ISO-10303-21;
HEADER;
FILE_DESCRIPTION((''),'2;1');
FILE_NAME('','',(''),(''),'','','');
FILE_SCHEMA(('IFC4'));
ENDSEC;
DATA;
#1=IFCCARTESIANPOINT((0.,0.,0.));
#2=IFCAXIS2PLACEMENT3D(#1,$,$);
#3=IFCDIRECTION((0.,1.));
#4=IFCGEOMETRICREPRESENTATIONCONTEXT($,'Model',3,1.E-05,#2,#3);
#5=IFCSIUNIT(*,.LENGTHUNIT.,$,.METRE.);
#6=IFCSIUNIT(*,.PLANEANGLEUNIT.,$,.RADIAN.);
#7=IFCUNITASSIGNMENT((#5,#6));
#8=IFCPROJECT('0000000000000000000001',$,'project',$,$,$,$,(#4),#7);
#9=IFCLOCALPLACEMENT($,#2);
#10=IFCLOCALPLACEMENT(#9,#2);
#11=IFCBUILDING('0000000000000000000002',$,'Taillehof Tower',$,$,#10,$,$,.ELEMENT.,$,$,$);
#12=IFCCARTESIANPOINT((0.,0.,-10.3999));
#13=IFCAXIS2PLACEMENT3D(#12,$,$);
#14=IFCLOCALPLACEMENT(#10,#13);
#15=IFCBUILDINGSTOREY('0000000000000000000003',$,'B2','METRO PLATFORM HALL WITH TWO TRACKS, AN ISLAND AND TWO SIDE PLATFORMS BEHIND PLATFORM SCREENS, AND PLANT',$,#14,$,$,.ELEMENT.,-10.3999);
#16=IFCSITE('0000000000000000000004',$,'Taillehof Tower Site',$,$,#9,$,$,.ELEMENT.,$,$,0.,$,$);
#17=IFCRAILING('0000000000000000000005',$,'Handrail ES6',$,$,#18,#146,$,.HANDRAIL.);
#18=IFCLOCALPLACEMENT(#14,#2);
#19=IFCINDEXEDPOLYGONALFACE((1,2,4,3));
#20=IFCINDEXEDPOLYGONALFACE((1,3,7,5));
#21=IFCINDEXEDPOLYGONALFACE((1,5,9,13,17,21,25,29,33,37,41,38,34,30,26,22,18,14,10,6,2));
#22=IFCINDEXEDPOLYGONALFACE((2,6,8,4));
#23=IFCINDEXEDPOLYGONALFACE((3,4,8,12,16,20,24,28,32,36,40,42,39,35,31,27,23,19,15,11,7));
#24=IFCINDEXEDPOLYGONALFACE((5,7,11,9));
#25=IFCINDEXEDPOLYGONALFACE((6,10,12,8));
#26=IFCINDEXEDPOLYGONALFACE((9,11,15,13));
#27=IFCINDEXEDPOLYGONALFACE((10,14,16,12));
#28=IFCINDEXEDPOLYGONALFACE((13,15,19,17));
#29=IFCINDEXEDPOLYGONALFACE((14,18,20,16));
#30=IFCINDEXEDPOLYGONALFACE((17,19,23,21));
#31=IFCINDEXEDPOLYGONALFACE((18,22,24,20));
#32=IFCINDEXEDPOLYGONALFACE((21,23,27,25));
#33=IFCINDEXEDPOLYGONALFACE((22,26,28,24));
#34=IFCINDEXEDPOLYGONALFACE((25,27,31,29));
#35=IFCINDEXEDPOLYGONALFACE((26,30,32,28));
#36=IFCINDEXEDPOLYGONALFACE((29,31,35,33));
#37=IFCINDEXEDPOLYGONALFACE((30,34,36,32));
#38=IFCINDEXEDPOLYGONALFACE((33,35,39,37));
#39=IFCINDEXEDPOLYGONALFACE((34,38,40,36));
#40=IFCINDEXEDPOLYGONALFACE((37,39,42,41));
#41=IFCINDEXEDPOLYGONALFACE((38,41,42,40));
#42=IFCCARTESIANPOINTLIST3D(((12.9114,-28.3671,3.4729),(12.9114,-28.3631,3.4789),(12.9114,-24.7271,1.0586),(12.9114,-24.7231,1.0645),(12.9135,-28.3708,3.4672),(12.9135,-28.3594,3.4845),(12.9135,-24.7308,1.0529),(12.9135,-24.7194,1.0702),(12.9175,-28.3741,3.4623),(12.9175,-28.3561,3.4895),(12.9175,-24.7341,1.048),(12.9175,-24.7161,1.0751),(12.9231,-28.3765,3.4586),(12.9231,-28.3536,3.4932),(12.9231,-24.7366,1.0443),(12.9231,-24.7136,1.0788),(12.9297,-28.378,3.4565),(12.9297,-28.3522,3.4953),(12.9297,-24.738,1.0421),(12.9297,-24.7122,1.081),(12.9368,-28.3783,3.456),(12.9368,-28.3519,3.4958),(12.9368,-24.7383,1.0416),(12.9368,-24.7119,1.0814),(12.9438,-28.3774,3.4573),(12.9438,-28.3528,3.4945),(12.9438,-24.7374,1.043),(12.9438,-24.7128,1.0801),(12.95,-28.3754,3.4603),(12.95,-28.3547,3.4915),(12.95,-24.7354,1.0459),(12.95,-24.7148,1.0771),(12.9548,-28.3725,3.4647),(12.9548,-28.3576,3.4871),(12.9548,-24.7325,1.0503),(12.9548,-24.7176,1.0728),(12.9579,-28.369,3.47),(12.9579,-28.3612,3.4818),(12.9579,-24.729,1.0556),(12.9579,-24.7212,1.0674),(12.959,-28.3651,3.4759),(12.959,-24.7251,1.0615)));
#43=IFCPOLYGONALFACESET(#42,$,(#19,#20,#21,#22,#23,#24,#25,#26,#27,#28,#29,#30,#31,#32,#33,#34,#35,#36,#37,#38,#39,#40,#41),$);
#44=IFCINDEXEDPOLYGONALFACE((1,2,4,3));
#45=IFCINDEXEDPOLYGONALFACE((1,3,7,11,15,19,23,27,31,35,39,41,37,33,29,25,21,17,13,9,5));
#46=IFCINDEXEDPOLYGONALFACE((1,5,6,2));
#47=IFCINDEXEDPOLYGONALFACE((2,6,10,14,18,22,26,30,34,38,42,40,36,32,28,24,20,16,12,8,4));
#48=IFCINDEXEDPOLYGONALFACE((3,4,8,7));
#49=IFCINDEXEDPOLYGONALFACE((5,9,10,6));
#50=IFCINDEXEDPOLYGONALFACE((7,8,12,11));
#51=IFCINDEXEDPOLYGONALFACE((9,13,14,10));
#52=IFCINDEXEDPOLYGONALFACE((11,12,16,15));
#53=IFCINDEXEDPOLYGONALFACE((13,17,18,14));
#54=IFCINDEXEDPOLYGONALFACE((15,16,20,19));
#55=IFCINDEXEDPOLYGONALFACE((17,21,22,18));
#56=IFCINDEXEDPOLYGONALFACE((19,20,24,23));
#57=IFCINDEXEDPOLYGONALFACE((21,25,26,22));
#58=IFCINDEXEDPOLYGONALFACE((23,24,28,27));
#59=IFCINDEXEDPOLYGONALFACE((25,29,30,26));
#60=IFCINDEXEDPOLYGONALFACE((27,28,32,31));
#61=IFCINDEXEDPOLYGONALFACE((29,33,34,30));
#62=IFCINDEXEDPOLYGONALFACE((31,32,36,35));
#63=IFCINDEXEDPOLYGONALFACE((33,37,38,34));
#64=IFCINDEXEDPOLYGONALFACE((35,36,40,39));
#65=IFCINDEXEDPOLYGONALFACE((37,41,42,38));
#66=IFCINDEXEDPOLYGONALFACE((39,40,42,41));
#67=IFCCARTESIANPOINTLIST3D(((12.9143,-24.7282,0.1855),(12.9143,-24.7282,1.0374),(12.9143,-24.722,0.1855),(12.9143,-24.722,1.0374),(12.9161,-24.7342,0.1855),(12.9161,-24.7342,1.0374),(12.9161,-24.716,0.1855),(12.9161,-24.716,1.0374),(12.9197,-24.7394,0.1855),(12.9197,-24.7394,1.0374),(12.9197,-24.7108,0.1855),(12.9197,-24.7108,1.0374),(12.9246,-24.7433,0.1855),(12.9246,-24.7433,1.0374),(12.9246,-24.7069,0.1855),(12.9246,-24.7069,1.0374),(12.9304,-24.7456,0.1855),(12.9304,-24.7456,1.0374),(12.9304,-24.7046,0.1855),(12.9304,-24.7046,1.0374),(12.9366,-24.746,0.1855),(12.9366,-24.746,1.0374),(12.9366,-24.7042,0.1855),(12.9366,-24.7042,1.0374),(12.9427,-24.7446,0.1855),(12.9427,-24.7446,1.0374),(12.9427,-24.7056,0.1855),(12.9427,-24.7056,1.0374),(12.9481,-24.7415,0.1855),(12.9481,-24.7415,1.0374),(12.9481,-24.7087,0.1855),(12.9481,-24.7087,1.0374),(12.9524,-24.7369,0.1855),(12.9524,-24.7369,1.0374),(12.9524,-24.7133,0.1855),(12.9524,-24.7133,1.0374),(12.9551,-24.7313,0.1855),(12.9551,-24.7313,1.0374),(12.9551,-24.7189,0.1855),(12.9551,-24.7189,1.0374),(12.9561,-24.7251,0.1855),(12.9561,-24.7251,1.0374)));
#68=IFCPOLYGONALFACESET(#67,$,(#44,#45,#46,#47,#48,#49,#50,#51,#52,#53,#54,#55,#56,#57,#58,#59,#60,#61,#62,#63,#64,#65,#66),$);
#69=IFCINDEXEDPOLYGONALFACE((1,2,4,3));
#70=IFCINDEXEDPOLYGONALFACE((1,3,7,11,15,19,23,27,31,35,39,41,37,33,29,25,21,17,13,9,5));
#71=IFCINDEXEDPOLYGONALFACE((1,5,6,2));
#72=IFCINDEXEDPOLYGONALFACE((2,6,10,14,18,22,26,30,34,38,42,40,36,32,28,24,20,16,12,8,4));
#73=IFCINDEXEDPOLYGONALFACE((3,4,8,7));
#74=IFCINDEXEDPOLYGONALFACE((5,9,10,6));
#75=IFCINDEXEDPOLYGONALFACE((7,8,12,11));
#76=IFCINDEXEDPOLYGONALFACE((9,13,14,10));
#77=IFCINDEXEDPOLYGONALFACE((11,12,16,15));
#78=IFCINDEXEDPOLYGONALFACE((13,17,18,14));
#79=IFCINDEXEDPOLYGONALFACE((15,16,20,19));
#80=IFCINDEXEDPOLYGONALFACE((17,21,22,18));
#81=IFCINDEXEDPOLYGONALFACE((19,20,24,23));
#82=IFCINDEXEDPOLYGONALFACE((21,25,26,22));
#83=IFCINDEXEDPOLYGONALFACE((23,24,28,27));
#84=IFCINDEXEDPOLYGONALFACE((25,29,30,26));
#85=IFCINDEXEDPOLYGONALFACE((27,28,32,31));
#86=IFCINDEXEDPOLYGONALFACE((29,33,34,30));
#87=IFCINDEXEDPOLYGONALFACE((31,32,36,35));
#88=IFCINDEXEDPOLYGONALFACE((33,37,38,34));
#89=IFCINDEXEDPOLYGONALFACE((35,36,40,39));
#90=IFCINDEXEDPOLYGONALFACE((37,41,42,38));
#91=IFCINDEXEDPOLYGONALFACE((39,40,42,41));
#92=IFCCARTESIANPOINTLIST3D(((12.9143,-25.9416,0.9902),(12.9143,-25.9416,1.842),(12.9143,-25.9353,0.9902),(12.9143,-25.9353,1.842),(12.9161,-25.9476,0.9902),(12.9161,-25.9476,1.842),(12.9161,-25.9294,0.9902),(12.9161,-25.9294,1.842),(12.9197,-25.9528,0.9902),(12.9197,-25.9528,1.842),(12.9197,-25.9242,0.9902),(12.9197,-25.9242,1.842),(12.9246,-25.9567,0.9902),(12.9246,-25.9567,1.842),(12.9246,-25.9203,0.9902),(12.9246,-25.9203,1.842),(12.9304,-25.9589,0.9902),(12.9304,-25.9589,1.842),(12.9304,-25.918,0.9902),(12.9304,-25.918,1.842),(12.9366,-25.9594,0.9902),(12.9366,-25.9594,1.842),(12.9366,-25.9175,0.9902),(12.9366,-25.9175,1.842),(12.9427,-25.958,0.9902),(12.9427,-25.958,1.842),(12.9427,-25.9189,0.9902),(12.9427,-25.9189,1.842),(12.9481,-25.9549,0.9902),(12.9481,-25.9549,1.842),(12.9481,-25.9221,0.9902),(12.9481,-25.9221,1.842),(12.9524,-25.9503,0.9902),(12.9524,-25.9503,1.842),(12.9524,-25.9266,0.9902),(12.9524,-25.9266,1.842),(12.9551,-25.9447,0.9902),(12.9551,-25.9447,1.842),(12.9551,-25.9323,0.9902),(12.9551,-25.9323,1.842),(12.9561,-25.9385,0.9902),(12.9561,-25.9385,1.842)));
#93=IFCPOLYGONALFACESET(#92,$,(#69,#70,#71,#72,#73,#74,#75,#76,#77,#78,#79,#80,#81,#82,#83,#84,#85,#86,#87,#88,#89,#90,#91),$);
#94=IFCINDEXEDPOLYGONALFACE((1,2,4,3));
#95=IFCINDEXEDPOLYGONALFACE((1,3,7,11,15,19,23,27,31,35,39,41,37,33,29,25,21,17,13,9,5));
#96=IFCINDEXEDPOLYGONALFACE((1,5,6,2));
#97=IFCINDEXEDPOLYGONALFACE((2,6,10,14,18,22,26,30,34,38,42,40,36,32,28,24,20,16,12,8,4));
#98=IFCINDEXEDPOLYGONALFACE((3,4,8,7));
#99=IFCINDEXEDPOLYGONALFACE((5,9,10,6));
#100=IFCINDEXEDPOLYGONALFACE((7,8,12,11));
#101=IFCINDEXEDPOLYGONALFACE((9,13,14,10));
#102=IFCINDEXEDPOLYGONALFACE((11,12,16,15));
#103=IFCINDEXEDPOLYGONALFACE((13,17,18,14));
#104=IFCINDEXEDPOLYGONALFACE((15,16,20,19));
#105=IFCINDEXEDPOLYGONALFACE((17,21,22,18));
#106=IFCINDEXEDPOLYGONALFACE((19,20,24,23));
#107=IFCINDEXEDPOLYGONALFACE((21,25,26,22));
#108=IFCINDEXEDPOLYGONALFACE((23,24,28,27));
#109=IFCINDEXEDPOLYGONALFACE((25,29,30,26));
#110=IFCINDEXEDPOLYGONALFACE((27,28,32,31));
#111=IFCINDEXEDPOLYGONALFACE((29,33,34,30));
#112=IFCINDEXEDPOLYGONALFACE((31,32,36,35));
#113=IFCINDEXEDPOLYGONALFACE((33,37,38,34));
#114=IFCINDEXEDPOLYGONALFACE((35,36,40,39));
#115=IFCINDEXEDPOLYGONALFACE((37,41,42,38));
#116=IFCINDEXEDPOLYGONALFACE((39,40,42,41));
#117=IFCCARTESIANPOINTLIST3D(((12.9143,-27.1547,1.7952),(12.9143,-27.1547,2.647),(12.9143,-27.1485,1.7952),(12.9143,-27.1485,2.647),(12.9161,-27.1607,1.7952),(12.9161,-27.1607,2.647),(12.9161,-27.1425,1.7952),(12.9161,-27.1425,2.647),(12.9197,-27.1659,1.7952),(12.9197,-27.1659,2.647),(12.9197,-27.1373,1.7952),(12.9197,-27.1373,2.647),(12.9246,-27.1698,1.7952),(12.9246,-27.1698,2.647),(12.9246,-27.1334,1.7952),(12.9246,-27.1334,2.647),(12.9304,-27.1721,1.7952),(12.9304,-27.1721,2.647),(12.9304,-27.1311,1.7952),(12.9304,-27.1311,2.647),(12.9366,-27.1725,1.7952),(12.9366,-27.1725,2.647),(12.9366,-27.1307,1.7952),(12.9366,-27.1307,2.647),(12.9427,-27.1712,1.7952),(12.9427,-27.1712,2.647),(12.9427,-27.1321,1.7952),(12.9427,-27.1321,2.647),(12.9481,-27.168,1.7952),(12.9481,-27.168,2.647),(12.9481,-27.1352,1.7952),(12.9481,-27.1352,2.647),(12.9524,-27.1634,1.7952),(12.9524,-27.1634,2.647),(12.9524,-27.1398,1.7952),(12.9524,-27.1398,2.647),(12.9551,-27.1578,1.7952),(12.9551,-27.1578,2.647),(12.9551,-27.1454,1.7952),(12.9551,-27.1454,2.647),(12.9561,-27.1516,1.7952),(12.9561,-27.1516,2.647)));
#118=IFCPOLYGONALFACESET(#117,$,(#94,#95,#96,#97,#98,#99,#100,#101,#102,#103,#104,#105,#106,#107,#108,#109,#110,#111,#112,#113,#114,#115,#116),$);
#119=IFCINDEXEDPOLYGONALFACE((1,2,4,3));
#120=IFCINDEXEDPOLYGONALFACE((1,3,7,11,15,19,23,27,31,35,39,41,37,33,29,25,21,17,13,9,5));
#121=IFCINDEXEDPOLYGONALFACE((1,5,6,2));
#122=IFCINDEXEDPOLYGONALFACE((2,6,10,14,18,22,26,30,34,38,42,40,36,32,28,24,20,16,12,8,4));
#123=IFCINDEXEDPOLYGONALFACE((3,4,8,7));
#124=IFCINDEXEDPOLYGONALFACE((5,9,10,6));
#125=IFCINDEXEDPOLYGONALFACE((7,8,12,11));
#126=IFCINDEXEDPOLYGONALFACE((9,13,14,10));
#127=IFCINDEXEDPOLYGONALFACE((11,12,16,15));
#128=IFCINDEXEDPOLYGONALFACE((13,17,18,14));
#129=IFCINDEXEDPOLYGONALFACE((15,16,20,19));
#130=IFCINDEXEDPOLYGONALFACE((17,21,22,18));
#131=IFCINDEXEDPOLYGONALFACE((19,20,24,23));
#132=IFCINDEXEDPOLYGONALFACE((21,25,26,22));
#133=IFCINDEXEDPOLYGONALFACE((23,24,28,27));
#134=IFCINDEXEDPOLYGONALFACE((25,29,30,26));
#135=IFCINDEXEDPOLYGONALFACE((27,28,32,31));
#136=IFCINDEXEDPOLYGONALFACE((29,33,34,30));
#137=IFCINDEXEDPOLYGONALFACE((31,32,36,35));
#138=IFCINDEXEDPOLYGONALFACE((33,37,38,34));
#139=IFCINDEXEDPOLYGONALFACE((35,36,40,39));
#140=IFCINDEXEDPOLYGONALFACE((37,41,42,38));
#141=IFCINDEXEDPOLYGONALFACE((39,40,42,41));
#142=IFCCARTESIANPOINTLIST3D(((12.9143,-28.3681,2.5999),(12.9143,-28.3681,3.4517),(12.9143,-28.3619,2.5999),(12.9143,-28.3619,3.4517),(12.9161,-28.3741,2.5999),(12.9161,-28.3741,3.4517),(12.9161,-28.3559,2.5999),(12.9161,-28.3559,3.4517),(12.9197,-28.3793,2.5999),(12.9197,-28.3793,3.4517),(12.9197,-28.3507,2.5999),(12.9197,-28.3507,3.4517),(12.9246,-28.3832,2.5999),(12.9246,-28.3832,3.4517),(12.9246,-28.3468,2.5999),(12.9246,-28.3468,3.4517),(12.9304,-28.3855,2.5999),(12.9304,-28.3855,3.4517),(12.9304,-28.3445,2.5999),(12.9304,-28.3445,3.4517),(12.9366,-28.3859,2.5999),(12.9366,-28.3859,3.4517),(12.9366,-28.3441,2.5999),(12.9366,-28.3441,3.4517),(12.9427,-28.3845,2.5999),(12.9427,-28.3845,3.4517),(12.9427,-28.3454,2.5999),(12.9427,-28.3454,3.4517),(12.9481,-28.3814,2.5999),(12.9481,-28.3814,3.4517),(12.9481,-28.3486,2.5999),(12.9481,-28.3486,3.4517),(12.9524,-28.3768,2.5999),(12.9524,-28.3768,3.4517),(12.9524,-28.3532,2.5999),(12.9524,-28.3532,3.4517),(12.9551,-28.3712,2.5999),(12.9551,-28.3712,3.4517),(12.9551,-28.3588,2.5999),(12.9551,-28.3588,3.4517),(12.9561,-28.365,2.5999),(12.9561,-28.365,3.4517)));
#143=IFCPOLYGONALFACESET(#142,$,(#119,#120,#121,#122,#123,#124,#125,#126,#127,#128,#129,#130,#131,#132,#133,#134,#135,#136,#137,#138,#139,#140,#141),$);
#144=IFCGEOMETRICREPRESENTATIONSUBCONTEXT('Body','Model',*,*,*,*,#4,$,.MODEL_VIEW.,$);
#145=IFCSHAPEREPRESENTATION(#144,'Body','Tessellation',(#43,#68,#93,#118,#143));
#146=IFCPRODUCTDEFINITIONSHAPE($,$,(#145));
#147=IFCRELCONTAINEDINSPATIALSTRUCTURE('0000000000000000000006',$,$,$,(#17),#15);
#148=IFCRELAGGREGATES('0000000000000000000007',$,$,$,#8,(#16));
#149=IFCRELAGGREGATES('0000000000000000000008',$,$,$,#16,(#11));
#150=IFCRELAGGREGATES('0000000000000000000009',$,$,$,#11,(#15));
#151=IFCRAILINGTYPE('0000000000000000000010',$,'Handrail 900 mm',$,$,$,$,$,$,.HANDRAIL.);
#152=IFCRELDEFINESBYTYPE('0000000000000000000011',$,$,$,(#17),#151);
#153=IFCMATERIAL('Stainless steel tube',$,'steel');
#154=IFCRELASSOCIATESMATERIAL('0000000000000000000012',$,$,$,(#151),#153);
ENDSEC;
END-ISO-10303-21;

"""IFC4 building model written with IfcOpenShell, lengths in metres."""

from ifc_helpers import new_model, si_unit, direction, frame, origin, origin_2d, place, context, subcontext, project, spatial, circle, extrude, material, type_object, element, save


model = new_model("IFC4")

# Units and contexts
model_context = context("Model", 3, precision=1e-05, world=origin(), true_north=direction((0.0, 1.0)))
body_context = subcontext(model_context, "Body", "Model", "MODEL_VIEW")
ifc_project = project(units=[si_unit("LENGTHUNIT", "METRE"), si_unit("PLANEANGLEUNIT", "RADIAN")], contexts=[model_context])

# Site, building, storey
site_placement = place(None, origin())
site = spatial("IfcSite", under=ifc_project, at=site_placement, Name="Taillehof Tower Site", CompositionType="ELEMENT", RefElevation=0.0)
building_placement = place(site_placement, origin())
building = spatial("IfcBuilding", under=site, at=building_placement, Name="Taillehof Tower", CompositionType="ELEMENT")
storey_placement = place(building_placement, frame((0.0, 0.0, -10.3999)))
storey = spatial("IfcBuildingStorey", under=building, at=storey_placement, Name="B2", Description="METRO PLATFORM HALL WITH TWO TRACKS, AN ISLAND AND TWO SIDE PLATFORMS BEHIND PLATFORM SCREENS, AND PLANT", CompositionType="ELEMENT", Elevation=-10.3999)

# Railing
ifc_material_1 = material(Name="Stainless steel tube", Category="steel")
railing_type = type_object("IfcRailingType", Name="Handrail 900 mm", PredefinedType="HANDRAIL", material=ifc_material_1)
for number, where, name in (
    (1, (12.9351, -24.7251, 0.1855), "Handrail ES6"),
):
    element("IfcRailing", number, at=place(storey_placement, frame(where)), inside=storey, type_object=railing_type, Name=name, PredefinedType="HANDRAIL", context=body_context, shape_type="SweptSolid", body=[
        extrude(circle(Radius=0.0239, at=origin_2d()), frame((0.0, 0.0, 0.876), z_axis=(0.0, -0.833347, 0.552751), x_axis=(1.0, 0.0, 0.0)), (0.0, 0.0, 1.0), 4.3679),
        extrude(circle(Radius=0.021, at=origin_2d()), origin(), (0.0, 0.0, 1.0), 0.8518),
        extrude(circle(Radius=0.021, at=origin_2d()), frame((0.0, -1.2134, 0.8047)), (0.0, 0.0, 1.0), 0.8518),
        extrude(circle(Radius=0.021, at=origin_2d()), frame((0.0, -2.4265, 1.6096)), (0.0, 0.0, 1.0), 0.8518),
        extrude(circle(Radius=0.021, at=origin_2d()), frame((0.0, -3.6399, 2.4143)), (0.0, 0.0, 1.0), 0.8518),
    ])

save(model, "model.ifc")
